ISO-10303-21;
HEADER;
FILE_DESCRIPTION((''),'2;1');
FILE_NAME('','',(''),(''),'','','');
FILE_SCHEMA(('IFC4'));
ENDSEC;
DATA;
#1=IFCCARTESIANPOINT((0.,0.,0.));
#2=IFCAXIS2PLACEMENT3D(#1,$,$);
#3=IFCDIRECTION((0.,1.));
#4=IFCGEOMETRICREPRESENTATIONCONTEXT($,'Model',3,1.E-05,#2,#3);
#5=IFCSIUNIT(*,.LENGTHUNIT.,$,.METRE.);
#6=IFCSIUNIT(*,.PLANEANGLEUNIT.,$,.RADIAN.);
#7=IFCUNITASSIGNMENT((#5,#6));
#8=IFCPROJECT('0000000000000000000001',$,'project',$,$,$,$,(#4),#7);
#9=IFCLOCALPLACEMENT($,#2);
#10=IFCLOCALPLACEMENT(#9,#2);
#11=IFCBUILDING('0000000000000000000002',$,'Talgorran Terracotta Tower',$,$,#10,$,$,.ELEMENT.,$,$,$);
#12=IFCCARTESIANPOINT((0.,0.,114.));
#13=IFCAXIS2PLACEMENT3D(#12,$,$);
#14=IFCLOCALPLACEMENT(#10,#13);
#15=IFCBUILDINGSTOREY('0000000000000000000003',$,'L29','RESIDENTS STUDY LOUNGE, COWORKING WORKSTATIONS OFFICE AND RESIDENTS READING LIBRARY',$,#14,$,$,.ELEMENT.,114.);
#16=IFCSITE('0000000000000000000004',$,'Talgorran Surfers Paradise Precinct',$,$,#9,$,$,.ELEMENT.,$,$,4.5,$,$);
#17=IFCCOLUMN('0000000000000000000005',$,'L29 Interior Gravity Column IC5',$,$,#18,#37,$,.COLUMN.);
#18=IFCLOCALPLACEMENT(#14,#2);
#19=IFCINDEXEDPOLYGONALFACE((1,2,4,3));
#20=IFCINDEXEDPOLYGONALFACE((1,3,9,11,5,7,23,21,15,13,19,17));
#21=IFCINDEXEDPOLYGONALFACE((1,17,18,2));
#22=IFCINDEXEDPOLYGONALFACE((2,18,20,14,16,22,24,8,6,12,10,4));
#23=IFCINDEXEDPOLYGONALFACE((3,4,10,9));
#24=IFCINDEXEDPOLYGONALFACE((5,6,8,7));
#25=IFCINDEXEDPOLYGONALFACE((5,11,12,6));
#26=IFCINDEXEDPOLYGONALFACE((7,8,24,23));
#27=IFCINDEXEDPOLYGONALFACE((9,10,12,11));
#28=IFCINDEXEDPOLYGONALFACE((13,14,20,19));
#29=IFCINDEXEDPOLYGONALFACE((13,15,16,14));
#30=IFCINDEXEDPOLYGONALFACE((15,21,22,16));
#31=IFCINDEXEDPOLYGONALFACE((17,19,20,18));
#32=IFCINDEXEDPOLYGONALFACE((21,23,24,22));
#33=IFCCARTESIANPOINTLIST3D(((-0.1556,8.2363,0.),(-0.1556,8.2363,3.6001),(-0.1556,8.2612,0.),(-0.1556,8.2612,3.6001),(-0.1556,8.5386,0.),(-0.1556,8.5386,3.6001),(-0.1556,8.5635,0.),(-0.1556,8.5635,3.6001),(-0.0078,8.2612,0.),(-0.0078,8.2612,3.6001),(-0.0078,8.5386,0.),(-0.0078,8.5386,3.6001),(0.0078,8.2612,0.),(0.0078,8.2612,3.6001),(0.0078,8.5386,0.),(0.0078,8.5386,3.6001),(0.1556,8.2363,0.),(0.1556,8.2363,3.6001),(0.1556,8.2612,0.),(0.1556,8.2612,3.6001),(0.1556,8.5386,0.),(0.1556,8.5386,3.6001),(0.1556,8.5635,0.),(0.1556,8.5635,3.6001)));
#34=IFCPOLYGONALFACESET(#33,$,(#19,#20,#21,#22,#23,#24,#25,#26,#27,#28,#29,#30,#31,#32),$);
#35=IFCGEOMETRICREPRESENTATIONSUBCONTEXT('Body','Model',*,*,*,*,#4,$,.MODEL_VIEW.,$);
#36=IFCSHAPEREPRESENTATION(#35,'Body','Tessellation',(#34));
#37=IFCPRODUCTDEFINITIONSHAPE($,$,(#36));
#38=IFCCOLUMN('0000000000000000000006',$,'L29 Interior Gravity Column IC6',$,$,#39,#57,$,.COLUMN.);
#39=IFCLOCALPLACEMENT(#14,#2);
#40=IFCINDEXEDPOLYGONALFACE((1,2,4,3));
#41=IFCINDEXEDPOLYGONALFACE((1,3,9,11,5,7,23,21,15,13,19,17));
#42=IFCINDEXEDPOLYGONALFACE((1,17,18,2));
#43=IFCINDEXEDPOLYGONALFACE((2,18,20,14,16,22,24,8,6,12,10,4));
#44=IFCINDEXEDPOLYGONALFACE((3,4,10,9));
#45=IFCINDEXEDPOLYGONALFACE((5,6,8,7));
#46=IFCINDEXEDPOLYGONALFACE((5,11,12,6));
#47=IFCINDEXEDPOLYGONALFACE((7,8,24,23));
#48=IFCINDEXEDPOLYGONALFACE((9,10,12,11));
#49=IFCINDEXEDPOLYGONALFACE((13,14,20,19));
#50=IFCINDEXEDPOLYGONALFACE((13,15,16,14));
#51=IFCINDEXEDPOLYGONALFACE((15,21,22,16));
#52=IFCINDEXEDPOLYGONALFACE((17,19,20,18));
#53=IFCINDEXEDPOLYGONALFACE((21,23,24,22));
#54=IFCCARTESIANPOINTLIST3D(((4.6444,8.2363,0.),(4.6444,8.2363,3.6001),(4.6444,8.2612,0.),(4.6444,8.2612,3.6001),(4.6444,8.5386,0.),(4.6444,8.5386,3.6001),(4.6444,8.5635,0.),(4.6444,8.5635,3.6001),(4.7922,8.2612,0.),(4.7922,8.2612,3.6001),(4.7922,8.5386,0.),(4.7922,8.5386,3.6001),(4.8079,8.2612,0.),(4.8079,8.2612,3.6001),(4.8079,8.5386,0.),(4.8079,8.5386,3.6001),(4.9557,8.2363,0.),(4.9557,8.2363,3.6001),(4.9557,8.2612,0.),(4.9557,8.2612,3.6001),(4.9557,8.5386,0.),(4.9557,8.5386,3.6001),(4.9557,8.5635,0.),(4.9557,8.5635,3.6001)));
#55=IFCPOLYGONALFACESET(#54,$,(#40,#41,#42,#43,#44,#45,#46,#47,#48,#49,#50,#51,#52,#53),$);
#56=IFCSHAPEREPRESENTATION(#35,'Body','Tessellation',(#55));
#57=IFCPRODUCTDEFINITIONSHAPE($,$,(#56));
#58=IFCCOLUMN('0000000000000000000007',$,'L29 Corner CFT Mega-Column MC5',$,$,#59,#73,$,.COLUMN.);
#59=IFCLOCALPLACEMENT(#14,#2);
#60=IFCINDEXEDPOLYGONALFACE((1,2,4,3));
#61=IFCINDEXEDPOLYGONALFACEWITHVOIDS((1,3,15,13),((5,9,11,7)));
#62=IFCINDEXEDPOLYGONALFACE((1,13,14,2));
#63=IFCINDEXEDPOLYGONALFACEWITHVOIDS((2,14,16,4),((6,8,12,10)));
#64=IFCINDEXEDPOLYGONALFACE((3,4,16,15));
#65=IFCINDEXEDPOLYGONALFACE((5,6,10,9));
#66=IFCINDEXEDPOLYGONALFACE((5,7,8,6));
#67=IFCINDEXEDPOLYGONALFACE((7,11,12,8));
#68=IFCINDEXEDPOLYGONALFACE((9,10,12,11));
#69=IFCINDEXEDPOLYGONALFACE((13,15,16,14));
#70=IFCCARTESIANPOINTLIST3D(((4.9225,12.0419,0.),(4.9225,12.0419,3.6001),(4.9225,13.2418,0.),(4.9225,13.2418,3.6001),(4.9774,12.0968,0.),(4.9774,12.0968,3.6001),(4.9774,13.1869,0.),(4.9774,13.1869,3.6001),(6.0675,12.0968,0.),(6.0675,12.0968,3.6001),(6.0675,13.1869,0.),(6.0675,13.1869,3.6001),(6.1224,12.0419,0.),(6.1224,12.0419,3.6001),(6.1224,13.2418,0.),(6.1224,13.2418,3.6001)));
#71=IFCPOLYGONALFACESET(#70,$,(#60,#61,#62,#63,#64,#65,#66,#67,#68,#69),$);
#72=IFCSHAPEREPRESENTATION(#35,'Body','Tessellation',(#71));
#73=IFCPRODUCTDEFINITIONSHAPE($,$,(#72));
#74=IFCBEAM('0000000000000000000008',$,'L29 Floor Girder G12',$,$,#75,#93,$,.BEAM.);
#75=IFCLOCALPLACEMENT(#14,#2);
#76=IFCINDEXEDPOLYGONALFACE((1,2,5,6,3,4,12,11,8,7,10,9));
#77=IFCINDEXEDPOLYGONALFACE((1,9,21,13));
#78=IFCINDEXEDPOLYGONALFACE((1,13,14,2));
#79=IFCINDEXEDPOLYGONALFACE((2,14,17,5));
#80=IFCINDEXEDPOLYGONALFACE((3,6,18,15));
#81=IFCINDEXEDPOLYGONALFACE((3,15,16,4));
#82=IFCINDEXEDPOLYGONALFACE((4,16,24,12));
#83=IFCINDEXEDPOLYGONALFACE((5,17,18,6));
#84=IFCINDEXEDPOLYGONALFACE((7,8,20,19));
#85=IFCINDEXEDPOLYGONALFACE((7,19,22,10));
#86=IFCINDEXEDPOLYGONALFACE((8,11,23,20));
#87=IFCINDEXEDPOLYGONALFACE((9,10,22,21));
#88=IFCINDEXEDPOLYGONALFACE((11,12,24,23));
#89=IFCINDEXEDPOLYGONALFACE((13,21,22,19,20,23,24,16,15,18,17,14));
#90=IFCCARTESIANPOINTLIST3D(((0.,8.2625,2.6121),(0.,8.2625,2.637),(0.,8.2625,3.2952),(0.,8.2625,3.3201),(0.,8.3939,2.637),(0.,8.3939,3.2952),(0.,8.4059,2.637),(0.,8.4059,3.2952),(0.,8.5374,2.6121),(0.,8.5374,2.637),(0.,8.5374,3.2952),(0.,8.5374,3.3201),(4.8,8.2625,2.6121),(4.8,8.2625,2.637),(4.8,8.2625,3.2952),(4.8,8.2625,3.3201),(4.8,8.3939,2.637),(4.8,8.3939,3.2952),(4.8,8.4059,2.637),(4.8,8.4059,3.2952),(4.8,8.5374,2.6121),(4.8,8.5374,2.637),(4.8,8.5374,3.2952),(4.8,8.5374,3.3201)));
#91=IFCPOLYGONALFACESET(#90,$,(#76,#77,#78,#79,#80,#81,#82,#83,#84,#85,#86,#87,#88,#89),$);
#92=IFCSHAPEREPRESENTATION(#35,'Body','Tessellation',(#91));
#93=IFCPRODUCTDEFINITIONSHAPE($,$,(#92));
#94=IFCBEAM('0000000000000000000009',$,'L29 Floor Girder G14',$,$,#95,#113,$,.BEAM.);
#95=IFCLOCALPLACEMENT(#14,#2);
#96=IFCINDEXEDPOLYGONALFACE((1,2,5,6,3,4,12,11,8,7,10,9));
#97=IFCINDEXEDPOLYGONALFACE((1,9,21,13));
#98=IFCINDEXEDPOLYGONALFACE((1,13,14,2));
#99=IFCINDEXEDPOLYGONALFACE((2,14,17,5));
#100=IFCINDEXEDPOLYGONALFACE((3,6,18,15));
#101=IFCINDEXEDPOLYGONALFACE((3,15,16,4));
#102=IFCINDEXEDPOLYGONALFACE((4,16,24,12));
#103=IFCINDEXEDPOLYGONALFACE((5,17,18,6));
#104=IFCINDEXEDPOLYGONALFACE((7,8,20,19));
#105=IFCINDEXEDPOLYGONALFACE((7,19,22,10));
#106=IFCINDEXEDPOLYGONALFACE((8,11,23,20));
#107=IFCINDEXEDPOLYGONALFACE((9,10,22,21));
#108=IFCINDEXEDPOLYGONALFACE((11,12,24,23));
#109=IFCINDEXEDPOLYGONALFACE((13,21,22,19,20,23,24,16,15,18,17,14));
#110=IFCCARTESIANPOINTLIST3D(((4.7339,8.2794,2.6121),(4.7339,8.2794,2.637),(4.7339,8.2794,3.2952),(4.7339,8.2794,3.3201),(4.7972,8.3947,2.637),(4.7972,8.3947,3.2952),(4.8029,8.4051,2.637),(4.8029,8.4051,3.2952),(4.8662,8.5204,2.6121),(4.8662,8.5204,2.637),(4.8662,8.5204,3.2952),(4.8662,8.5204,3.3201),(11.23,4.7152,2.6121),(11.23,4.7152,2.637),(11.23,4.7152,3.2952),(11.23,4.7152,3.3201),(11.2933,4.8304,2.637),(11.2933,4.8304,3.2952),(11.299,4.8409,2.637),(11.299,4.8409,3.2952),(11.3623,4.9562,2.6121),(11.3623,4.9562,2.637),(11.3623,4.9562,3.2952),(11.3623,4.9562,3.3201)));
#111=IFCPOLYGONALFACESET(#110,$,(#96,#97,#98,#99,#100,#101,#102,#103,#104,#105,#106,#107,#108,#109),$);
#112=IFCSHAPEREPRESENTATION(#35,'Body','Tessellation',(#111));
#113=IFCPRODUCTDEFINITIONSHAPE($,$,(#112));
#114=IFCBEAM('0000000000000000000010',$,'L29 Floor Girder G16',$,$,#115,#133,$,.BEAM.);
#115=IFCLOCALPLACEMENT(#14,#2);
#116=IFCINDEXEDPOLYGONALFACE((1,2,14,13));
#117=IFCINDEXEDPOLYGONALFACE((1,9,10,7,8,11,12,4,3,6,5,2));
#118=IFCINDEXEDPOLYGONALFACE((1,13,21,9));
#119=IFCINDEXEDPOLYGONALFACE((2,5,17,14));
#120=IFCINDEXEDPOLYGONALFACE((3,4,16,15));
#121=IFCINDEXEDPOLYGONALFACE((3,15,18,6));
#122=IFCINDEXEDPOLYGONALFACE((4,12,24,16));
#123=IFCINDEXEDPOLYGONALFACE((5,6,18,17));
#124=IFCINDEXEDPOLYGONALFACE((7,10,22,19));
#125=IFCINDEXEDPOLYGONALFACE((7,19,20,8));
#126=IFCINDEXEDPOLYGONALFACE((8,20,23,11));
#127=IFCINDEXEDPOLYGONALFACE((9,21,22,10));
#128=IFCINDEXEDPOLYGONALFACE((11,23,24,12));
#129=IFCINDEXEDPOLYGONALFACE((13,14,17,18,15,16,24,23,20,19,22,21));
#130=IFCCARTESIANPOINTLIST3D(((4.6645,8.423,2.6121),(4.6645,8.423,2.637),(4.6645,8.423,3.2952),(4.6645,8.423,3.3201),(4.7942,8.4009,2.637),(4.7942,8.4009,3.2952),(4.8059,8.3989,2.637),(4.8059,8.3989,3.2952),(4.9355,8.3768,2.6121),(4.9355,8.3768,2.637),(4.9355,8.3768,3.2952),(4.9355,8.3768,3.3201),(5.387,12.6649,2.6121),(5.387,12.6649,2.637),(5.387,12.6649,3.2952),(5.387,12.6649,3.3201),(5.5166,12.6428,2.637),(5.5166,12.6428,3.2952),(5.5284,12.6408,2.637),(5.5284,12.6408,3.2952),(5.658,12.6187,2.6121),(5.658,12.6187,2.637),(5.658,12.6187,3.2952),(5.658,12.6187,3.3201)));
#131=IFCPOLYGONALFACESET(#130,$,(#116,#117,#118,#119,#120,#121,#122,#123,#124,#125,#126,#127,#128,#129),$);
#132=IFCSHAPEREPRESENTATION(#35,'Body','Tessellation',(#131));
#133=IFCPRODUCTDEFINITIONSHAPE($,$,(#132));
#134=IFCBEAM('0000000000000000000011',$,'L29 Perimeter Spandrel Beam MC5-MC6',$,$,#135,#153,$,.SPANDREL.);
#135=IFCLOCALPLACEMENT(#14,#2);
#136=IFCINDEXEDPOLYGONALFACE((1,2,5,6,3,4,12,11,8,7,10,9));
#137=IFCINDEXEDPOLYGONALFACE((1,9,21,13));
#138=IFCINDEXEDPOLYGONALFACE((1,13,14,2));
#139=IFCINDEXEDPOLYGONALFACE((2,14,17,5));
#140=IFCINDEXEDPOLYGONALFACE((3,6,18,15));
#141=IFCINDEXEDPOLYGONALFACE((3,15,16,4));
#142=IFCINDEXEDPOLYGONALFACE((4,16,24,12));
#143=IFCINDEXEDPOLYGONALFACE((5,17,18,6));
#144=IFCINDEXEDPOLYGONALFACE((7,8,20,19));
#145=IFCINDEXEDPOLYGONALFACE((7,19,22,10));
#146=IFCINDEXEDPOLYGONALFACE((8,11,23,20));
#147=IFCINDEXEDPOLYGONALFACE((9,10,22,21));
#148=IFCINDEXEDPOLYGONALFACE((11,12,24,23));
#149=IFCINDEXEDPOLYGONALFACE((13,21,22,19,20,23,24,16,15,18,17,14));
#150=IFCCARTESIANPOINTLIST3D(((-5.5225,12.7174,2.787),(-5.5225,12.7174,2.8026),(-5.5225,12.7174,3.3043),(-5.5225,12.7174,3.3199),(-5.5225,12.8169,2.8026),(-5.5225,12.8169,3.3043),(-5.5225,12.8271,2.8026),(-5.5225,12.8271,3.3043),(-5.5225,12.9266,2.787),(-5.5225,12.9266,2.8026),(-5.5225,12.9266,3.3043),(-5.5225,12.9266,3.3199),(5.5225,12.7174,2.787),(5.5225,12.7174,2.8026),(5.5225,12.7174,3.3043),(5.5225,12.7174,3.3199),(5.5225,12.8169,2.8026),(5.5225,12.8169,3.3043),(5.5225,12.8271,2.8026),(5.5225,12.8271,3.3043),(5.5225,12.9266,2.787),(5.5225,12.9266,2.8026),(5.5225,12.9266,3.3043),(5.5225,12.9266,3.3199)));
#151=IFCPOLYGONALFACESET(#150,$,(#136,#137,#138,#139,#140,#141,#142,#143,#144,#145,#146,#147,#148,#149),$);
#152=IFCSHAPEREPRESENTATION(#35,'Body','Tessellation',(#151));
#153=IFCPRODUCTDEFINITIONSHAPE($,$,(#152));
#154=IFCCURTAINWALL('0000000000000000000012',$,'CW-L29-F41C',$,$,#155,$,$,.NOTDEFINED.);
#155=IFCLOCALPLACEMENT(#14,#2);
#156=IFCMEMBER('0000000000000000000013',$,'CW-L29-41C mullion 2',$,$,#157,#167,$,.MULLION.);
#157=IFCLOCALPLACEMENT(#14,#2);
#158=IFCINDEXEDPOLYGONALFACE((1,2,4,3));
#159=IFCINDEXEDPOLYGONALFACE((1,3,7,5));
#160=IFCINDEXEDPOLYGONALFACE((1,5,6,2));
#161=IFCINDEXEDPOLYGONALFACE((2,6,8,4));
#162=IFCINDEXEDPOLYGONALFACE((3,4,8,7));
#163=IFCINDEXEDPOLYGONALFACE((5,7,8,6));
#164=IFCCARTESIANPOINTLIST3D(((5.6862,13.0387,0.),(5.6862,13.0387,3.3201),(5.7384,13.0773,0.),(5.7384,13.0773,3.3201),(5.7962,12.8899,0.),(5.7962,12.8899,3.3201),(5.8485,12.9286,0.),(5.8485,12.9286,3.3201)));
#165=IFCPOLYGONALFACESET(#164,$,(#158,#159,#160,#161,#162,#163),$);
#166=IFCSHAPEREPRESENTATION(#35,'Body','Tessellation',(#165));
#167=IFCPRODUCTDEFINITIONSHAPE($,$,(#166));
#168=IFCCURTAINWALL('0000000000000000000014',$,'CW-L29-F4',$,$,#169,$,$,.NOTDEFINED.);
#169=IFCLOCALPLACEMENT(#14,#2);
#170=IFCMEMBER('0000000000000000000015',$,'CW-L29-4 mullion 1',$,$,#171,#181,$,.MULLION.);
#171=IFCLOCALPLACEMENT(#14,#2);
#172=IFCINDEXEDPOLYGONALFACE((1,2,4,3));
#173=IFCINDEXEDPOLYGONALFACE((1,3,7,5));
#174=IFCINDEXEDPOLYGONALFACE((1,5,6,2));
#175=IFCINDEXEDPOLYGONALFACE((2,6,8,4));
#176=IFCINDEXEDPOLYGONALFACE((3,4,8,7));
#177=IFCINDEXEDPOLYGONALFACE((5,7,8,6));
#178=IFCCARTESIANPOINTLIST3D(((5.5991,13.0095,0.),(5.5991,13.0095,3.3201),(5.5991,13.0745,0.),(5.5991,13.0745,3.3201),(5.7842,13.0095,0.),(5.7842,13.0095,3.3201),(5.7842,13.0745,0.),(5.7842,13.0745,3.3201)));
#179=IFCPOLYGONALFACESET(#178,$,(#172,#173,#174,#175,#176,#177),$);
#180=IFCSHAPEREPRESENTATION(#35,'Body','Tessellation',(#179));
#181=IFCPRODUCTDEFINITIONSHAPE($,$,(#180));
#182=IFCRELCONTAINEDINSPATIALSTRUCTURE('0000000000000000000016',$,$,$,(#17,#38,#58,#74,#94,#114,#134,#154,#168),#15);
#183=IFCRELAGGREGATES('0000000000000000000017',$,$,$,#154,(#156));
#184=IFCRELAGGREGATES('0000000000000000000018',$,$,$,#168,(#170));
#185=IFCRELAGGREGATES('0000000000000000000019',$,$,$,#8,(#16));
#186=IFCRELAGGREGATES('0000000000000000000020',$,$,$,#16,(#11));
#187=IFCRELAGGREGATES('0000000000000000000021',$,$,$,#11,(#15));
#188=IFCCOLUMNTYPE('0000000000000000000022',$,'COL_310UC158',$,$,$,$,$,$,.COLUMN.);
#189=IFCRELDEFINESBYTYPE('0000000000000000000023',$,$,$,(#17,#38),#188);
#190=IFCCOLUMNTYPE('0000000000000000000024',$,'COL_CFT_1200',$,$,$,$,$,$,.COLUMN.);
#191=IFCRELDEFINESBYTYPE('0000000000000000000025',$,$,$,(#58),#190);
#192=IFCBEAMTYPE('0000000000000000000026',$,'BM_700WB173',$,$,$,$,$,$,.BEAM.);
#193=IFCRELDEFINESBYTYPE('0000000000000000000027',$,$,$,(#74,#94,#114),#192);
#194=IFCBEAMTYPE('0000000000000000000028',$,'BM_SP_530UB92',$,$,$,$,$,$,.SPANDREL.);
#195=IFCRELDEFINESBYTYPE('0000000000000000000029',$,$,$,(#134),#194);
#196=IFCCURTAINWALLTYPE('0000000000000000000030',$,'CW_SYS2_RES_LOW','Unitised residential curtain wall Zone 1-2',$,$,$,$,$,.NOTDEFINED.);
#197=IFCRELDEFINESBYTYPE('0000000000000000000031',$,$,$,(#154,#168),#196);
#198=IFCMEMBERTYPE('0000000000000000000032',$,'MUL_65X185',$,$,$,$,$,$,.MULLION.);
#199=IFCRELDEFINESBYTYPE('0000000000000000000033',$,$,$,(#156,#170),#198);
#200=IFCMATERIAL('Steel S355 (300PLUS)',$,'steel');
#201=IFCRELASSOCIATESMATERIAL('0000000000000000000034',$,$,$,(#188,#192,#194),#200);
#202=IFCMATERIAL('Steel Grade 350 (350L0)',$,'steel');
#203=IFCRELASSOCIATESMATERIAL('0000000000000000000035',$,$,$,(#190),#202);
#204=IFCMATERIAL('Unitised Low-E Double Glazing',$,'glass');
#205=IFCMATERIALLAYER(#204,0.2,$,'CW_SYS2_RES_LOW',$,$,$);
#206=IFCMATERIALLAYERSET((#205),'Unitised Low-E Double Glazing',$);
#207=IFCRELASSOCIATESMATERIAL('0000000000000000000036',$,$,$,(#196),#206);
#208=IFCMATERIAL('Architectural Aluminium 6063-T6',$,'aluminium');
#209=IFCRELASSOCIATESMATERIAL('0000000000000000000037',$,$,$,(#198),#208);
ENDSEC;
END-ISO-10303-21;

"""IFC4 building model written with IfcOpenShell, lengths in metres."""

from ifc_helpers import new_model, si_unit, direction, frame, origin, origin_2d, place, context, subcontext, project, spatial, rectangle, hollow_rectangle, i_section, extrude, material, layer, layer_set, material_profile, profile_set, type_object, element, aggregate, save


model = new_model("IFC4")

# Units and contexts
model_context = context("Model", 3, precision=1e-05, world=origin(), true_north=direction((0.0, 1.0)))
body_context = subcontext(model_context, "Body", "Model", "MODEL_VIEW")
ifc_project = project(units=[si_unit("LENGTHUNIT", "METRE"), si_unit("PLANEANGLEUNIT", "RADIAN")], contexts=[model_context])

# Site, building, storey
site_placement = place(None, origin())
site = spatial("IfcSite", under=ifc_project, at=site_placement, Name="Talgorran Surfers Paradise Precinct", CompositionType="ELEMENT", RefElevation=4.5)
building_placement = place(site_placement, origin())
building = spatial("IfcBuilding", under=site, at=building_placement, Name="Talgorran Terracotta Tower", CompositionType="ELEMENT")
storey_placement = place(building_placement, frame((0.0, 0.0, 114.0)))
storey = spatial("IfcBuildingStorey", under=building, at=storey_placement, Name="L29", Description="RESIDENTS STUDY LOUNGE, COWORKING WORKSTATIONS OFFICE AND RESIDENTS READING LIBRARY", CompositionType="ELEMENT", Elevation=114.0)

# Columns
ifc_material_1 = material(Name="Steel S355 (300PLUS)", Category="steel")
ifc_material_profile_1 = material_profile(ifc_material_1, i_section(OverallWidth=0.3113, OverallDepth=0.3271, WebThickness=0.0156, FlangeThickness=0.0249, at=origin_2d()), Name="310UC158")
ifc_profile_set_1 = profile_set([ifc_material_profile_1], Name="Steel S355 (300PLUS)")
column_type_1 = type_object("IfcColumnType", Name="COL_310UC158", PredefinedType="COLUMN", material=ifc_profile_set_1)
for number, where, z_axis, x_axis, name in (
    (1, (0.0, 8.3999, 0.0), (0.0, 0.0, 1.0), (1.0, 0.0, 0.0), "L29 Interior Gravity Column IC5"),
    (2, (4.8, 8.3999, 0.0), (0.0, 0.0, 1.0), (1.0, 0.0, 0.0), "L29 Interior Gravity Column IC6"),
):
    element("IfcColumn", number, at=place(storey_placement, frame(where, z_axis=z_axis, x_axis=x_axis)), inside=storey, type_object=column_type_1, Name=name, PredefinedType="COLUMN", context=body_context, shape_type="SweptSolid", body=[
        extrude(i_section(OverallWidth=0.3113, OverallDepth=0.3271, WebThickness=0.0156, FlangeThickness=0.0249, at=origin_2d()), origin(), (0.0, 0.0, 1.0), 3.6001),
    ])
ifc_material_2 = material(Name="Steel Grade 350 (350L0)", Category="steel")
ifc_material_profile_2 = material_profile(ifc_material_2, hollow_rectangle(XDim=1.2, YDim=1.2, WallThickness=0.0549, at=origin_2d()), Name="CFT1200X1200X55")
ifc_profile_set_2 = profile_set([ifc_material_profile_2], Name="Steel Grade 350 (350L0)")
column_type_2 = type_object("IfcColumnType", Name="COL_CFT_1200", PredefinedType="COLUMN", material=ifc_profile_set_2)
column_placement = place(storey_placement, frame((5.5225, 12.6418, 0.0), z_axis=(0.0, 0.0, 1.0), x_axis=(1.0, 0.0, 0.0)))
element("IfcColumn", 3, at=column_placement, inside=storey, type_object=column_type_2, Name="L29 Corner CFT Mega-Column MC5", PredefinedType="COLUMN", context=body_context, shape_type="SweptSolid", body=[
    extrude(hollow_rectangle(XDim=1.2, YDim=1.2, WallThickness=0.0549, at=origin_2d()), origin(), (0.0, 0.0, 1.0), 3.6001),
])

# Beams
ifc_material_profile_3 = material_profile(ifc_material_1, i_section(OverallWidth=0.2749, OverallDepth=0.708, WebThickness=0.012, FlangeThickness=0.0249, at=origin_2d()), Name="700WB173")
ifc_profile_set_3 = profile_set([ifc_material_profile_3], Name="Steel S355 (300PLUS)")
beam_type_1 = type_object("IfcBeamType", Name="BM_700WB173", PredefinedType="BEAM", material=ifc_profile_set_3)
beam_1_placement = place(storey_placement, frame((0.0, 8.3999, 2.9661), z_axis=(1.0, 0.0, 0.0), x_axis=(0.0, 1.0, 0.0)))
element("IfcBeam", 4, at=beam_1_placement, inside=storey, type_object=beam_type_1, Name="L29 Floor Girder G12", PredefinedType="BEAM", context=body_context, shape_type="SweptSolid", body=[
    extrude(i_section(OverallWidth=0.2749, OverallDepth=0.708, WebThickness=0.012, FlangeThickness=0.0249, at=origin_2d()), origin(), (0.0, 0.0, 1.0), 4.8),
])
beam_2_placement = place(storey_placement, frame((4.8, 8.3999, 2.9661), z_axis=(0.876708, -0.481023, 0.0), x_axis=(0.481023, 0.876708, 0.0)))
element("IfcBeam", 5, at=beam_2_placement, inside=storey, type_object=beam_type_1, Name="L29 Floor Girder G14", PredefinedType="BEAM", context=body_context, shape_type="SweptSolid", body=[
    extrude(i_section(OverallWidth=0.2749, OverallDepth=0.708, WebThickness=0.012, FlangeThickness=0.0249, at=origin_2d()), origin(), (0.0, 0.0, 1.0), 7.4097),
])
beam_3_placement = place(storey_placement, frame((4.8, 8.3999, 2.9661), z_axis=(0.167885, 0.985807, 0.0), x_axis=(-0.985807, 0.167885, 0.0)))
element("IfcBeam", 6, at=beam_3_placement, inside=storey, type_object=beam_type_1, Name="L29 Floor Girder G16", PredefinedType="BEAM", context=body_context, shape_type="SweptSolid", body=[
    extrude(i_section(OverallWidth=0.2749, OverallDepth=0.708, WebThickness=0.012, FlangeThickness=0.0249, at=origin_2d()), origin(), (0.0, 0.0, 1.0), 4.303),
])
ifc_material_profile_4 = material_profile(ifc_material_1, i_section(OverallWidth=0.2092, OverallDepth=0.533, WebThickness=0.0103, FlangeThickness=0.0156, at=origin_2d()), Name="530UB92.4")
ifc_profile_set_4 = profile_set([ifc_material_profile_4], Name="Steel S355 (300PLUS)")
beam_type_2 = type_object("IfcBeamType", Name="BM_SP_530UB92", PredefinedType="SPANDREL", material=ifc_profile_set_4)
beam_4_placement = place(storey_placement, frame((5.5225, 12.822, 3.0535), z_axis=(-1.0, 0.0, 0.0), x_axis=(0.0, -1.0, 0.0)))
element("IfcBeam", 7, at=beam_4_placement, inside=storey, type_object=beam_type_2, Name="L29 Perimeter Spandrel Beam MC5-MC6", PredefinedType="SPANDREL", context=body_context, shape_type="SweptSolid", body=[
    extrude(i_section(OverallWidth=0.2092, OverallDepth=0.533, WebThickness=0.0103, FlangeThickness=0.0156, at=origin_2d()), origin(), (0.0, 0.0, 1.0), 11.0449),
])

# Curtain wall, member
ifc_material_3 = material(Name="Unitised Low-E Double Glazing", Category="glass")
ifc_layer_1 = layer(ifc_material_3, 0.2, Name="CW_SYS2_RES_LOW")
ifc_layer_set_1 = layer_set([ifc_layer_1], Name="Unitised Low-E Double Glazing")
curtain_wall_type = type_object("IfcCurtainWallType", Name="CW_SYS2_RES_LOW", Description="Unitised residential curtain wall Zone 1-2", PredefinedType="NOTDEFINED", material=ifc_layer_set_1)
curtain_wall_1_placement = place(storey_placement, origin())
curtain_wall_1 = element("IfcCurtainWall", 8, at=curtain_wall_1_placement, inside=storey, type_object=curtain_wall_type, Name="CW-L29-F41C", PredefinedType="NOTDEFINED")
ifc_material_4 = material(Name="Architectural Aluminium 6063-T6", Category="aluminium")
ifc_material_profile_5 = material_profile(ifc_material_4, rectangle(XDim=0.0649, YDim=0.1851, at=origin_2d()), Name="CWM65X185")
ifc_profile_set_5 = profile_set([ifc_material_profile_5], Name="Architectural Aluminium 6063-T6")
member_type_1 = type_object("IfcMemberType", Name="MUL_65X185", PredefinedType="MULLION", material=ifc_profile_set_5)
member_1_placement = place(storey_placement, frame((5.7673, 12.9836, 0.0), z_axis=(0.0, 0.0, 1.0), x_axis=(-0.803998, -0.594632, 0.0)))
member_1 = element("IfcMember", 9, at=member_1_placement, type_object=member_type_1, Name="CW-L29-41C mullion 2", PredefinedType="MULLION", context=body_context, shape_type="SweptSolid", body=[
    extrude(rectangle(XDim=0.0649, YDim=0.1851, at=origin_2d()), origin(), (0.0, 0.0, 1.0), 3.3201),
])

# Curtain wall, member
curtain_wall_2_placement = place(storey_placement, origin())
curtain_wall_2 = element("IfcCurtainWall", 10, at=curtain_wall_2_placement, inside=storey, type_object=curtain_wall_type, Name="CW-L29-F4", PredefinedType="NOTDEFINED")
member_2_placement = place(storey_placement, frame((5.6917, 13.042, 0.0), z_axis=(0.0, 0.0, 1.0), x_axis=(0.0, -1.0, 0.0)))
member_2 = element("IfcMember", 11, at=member_2_placement, type_object=member_type_1, Name="CW-L29-4 mullion 1", PredefinedType="MULLION", context=body_context, shape_type="SweptSolid", body=[
    extrude(rectangle(XDim=0.0649, YDim=0.1851, at=origin_2d()), origin(), (0.0, 0.0, 1.0), 3.3201),
])

aggregate(curtain_wall_1, [member_1])
aggregate(curtain_wall_2, [member_2])

save(model, "model.ifc")
